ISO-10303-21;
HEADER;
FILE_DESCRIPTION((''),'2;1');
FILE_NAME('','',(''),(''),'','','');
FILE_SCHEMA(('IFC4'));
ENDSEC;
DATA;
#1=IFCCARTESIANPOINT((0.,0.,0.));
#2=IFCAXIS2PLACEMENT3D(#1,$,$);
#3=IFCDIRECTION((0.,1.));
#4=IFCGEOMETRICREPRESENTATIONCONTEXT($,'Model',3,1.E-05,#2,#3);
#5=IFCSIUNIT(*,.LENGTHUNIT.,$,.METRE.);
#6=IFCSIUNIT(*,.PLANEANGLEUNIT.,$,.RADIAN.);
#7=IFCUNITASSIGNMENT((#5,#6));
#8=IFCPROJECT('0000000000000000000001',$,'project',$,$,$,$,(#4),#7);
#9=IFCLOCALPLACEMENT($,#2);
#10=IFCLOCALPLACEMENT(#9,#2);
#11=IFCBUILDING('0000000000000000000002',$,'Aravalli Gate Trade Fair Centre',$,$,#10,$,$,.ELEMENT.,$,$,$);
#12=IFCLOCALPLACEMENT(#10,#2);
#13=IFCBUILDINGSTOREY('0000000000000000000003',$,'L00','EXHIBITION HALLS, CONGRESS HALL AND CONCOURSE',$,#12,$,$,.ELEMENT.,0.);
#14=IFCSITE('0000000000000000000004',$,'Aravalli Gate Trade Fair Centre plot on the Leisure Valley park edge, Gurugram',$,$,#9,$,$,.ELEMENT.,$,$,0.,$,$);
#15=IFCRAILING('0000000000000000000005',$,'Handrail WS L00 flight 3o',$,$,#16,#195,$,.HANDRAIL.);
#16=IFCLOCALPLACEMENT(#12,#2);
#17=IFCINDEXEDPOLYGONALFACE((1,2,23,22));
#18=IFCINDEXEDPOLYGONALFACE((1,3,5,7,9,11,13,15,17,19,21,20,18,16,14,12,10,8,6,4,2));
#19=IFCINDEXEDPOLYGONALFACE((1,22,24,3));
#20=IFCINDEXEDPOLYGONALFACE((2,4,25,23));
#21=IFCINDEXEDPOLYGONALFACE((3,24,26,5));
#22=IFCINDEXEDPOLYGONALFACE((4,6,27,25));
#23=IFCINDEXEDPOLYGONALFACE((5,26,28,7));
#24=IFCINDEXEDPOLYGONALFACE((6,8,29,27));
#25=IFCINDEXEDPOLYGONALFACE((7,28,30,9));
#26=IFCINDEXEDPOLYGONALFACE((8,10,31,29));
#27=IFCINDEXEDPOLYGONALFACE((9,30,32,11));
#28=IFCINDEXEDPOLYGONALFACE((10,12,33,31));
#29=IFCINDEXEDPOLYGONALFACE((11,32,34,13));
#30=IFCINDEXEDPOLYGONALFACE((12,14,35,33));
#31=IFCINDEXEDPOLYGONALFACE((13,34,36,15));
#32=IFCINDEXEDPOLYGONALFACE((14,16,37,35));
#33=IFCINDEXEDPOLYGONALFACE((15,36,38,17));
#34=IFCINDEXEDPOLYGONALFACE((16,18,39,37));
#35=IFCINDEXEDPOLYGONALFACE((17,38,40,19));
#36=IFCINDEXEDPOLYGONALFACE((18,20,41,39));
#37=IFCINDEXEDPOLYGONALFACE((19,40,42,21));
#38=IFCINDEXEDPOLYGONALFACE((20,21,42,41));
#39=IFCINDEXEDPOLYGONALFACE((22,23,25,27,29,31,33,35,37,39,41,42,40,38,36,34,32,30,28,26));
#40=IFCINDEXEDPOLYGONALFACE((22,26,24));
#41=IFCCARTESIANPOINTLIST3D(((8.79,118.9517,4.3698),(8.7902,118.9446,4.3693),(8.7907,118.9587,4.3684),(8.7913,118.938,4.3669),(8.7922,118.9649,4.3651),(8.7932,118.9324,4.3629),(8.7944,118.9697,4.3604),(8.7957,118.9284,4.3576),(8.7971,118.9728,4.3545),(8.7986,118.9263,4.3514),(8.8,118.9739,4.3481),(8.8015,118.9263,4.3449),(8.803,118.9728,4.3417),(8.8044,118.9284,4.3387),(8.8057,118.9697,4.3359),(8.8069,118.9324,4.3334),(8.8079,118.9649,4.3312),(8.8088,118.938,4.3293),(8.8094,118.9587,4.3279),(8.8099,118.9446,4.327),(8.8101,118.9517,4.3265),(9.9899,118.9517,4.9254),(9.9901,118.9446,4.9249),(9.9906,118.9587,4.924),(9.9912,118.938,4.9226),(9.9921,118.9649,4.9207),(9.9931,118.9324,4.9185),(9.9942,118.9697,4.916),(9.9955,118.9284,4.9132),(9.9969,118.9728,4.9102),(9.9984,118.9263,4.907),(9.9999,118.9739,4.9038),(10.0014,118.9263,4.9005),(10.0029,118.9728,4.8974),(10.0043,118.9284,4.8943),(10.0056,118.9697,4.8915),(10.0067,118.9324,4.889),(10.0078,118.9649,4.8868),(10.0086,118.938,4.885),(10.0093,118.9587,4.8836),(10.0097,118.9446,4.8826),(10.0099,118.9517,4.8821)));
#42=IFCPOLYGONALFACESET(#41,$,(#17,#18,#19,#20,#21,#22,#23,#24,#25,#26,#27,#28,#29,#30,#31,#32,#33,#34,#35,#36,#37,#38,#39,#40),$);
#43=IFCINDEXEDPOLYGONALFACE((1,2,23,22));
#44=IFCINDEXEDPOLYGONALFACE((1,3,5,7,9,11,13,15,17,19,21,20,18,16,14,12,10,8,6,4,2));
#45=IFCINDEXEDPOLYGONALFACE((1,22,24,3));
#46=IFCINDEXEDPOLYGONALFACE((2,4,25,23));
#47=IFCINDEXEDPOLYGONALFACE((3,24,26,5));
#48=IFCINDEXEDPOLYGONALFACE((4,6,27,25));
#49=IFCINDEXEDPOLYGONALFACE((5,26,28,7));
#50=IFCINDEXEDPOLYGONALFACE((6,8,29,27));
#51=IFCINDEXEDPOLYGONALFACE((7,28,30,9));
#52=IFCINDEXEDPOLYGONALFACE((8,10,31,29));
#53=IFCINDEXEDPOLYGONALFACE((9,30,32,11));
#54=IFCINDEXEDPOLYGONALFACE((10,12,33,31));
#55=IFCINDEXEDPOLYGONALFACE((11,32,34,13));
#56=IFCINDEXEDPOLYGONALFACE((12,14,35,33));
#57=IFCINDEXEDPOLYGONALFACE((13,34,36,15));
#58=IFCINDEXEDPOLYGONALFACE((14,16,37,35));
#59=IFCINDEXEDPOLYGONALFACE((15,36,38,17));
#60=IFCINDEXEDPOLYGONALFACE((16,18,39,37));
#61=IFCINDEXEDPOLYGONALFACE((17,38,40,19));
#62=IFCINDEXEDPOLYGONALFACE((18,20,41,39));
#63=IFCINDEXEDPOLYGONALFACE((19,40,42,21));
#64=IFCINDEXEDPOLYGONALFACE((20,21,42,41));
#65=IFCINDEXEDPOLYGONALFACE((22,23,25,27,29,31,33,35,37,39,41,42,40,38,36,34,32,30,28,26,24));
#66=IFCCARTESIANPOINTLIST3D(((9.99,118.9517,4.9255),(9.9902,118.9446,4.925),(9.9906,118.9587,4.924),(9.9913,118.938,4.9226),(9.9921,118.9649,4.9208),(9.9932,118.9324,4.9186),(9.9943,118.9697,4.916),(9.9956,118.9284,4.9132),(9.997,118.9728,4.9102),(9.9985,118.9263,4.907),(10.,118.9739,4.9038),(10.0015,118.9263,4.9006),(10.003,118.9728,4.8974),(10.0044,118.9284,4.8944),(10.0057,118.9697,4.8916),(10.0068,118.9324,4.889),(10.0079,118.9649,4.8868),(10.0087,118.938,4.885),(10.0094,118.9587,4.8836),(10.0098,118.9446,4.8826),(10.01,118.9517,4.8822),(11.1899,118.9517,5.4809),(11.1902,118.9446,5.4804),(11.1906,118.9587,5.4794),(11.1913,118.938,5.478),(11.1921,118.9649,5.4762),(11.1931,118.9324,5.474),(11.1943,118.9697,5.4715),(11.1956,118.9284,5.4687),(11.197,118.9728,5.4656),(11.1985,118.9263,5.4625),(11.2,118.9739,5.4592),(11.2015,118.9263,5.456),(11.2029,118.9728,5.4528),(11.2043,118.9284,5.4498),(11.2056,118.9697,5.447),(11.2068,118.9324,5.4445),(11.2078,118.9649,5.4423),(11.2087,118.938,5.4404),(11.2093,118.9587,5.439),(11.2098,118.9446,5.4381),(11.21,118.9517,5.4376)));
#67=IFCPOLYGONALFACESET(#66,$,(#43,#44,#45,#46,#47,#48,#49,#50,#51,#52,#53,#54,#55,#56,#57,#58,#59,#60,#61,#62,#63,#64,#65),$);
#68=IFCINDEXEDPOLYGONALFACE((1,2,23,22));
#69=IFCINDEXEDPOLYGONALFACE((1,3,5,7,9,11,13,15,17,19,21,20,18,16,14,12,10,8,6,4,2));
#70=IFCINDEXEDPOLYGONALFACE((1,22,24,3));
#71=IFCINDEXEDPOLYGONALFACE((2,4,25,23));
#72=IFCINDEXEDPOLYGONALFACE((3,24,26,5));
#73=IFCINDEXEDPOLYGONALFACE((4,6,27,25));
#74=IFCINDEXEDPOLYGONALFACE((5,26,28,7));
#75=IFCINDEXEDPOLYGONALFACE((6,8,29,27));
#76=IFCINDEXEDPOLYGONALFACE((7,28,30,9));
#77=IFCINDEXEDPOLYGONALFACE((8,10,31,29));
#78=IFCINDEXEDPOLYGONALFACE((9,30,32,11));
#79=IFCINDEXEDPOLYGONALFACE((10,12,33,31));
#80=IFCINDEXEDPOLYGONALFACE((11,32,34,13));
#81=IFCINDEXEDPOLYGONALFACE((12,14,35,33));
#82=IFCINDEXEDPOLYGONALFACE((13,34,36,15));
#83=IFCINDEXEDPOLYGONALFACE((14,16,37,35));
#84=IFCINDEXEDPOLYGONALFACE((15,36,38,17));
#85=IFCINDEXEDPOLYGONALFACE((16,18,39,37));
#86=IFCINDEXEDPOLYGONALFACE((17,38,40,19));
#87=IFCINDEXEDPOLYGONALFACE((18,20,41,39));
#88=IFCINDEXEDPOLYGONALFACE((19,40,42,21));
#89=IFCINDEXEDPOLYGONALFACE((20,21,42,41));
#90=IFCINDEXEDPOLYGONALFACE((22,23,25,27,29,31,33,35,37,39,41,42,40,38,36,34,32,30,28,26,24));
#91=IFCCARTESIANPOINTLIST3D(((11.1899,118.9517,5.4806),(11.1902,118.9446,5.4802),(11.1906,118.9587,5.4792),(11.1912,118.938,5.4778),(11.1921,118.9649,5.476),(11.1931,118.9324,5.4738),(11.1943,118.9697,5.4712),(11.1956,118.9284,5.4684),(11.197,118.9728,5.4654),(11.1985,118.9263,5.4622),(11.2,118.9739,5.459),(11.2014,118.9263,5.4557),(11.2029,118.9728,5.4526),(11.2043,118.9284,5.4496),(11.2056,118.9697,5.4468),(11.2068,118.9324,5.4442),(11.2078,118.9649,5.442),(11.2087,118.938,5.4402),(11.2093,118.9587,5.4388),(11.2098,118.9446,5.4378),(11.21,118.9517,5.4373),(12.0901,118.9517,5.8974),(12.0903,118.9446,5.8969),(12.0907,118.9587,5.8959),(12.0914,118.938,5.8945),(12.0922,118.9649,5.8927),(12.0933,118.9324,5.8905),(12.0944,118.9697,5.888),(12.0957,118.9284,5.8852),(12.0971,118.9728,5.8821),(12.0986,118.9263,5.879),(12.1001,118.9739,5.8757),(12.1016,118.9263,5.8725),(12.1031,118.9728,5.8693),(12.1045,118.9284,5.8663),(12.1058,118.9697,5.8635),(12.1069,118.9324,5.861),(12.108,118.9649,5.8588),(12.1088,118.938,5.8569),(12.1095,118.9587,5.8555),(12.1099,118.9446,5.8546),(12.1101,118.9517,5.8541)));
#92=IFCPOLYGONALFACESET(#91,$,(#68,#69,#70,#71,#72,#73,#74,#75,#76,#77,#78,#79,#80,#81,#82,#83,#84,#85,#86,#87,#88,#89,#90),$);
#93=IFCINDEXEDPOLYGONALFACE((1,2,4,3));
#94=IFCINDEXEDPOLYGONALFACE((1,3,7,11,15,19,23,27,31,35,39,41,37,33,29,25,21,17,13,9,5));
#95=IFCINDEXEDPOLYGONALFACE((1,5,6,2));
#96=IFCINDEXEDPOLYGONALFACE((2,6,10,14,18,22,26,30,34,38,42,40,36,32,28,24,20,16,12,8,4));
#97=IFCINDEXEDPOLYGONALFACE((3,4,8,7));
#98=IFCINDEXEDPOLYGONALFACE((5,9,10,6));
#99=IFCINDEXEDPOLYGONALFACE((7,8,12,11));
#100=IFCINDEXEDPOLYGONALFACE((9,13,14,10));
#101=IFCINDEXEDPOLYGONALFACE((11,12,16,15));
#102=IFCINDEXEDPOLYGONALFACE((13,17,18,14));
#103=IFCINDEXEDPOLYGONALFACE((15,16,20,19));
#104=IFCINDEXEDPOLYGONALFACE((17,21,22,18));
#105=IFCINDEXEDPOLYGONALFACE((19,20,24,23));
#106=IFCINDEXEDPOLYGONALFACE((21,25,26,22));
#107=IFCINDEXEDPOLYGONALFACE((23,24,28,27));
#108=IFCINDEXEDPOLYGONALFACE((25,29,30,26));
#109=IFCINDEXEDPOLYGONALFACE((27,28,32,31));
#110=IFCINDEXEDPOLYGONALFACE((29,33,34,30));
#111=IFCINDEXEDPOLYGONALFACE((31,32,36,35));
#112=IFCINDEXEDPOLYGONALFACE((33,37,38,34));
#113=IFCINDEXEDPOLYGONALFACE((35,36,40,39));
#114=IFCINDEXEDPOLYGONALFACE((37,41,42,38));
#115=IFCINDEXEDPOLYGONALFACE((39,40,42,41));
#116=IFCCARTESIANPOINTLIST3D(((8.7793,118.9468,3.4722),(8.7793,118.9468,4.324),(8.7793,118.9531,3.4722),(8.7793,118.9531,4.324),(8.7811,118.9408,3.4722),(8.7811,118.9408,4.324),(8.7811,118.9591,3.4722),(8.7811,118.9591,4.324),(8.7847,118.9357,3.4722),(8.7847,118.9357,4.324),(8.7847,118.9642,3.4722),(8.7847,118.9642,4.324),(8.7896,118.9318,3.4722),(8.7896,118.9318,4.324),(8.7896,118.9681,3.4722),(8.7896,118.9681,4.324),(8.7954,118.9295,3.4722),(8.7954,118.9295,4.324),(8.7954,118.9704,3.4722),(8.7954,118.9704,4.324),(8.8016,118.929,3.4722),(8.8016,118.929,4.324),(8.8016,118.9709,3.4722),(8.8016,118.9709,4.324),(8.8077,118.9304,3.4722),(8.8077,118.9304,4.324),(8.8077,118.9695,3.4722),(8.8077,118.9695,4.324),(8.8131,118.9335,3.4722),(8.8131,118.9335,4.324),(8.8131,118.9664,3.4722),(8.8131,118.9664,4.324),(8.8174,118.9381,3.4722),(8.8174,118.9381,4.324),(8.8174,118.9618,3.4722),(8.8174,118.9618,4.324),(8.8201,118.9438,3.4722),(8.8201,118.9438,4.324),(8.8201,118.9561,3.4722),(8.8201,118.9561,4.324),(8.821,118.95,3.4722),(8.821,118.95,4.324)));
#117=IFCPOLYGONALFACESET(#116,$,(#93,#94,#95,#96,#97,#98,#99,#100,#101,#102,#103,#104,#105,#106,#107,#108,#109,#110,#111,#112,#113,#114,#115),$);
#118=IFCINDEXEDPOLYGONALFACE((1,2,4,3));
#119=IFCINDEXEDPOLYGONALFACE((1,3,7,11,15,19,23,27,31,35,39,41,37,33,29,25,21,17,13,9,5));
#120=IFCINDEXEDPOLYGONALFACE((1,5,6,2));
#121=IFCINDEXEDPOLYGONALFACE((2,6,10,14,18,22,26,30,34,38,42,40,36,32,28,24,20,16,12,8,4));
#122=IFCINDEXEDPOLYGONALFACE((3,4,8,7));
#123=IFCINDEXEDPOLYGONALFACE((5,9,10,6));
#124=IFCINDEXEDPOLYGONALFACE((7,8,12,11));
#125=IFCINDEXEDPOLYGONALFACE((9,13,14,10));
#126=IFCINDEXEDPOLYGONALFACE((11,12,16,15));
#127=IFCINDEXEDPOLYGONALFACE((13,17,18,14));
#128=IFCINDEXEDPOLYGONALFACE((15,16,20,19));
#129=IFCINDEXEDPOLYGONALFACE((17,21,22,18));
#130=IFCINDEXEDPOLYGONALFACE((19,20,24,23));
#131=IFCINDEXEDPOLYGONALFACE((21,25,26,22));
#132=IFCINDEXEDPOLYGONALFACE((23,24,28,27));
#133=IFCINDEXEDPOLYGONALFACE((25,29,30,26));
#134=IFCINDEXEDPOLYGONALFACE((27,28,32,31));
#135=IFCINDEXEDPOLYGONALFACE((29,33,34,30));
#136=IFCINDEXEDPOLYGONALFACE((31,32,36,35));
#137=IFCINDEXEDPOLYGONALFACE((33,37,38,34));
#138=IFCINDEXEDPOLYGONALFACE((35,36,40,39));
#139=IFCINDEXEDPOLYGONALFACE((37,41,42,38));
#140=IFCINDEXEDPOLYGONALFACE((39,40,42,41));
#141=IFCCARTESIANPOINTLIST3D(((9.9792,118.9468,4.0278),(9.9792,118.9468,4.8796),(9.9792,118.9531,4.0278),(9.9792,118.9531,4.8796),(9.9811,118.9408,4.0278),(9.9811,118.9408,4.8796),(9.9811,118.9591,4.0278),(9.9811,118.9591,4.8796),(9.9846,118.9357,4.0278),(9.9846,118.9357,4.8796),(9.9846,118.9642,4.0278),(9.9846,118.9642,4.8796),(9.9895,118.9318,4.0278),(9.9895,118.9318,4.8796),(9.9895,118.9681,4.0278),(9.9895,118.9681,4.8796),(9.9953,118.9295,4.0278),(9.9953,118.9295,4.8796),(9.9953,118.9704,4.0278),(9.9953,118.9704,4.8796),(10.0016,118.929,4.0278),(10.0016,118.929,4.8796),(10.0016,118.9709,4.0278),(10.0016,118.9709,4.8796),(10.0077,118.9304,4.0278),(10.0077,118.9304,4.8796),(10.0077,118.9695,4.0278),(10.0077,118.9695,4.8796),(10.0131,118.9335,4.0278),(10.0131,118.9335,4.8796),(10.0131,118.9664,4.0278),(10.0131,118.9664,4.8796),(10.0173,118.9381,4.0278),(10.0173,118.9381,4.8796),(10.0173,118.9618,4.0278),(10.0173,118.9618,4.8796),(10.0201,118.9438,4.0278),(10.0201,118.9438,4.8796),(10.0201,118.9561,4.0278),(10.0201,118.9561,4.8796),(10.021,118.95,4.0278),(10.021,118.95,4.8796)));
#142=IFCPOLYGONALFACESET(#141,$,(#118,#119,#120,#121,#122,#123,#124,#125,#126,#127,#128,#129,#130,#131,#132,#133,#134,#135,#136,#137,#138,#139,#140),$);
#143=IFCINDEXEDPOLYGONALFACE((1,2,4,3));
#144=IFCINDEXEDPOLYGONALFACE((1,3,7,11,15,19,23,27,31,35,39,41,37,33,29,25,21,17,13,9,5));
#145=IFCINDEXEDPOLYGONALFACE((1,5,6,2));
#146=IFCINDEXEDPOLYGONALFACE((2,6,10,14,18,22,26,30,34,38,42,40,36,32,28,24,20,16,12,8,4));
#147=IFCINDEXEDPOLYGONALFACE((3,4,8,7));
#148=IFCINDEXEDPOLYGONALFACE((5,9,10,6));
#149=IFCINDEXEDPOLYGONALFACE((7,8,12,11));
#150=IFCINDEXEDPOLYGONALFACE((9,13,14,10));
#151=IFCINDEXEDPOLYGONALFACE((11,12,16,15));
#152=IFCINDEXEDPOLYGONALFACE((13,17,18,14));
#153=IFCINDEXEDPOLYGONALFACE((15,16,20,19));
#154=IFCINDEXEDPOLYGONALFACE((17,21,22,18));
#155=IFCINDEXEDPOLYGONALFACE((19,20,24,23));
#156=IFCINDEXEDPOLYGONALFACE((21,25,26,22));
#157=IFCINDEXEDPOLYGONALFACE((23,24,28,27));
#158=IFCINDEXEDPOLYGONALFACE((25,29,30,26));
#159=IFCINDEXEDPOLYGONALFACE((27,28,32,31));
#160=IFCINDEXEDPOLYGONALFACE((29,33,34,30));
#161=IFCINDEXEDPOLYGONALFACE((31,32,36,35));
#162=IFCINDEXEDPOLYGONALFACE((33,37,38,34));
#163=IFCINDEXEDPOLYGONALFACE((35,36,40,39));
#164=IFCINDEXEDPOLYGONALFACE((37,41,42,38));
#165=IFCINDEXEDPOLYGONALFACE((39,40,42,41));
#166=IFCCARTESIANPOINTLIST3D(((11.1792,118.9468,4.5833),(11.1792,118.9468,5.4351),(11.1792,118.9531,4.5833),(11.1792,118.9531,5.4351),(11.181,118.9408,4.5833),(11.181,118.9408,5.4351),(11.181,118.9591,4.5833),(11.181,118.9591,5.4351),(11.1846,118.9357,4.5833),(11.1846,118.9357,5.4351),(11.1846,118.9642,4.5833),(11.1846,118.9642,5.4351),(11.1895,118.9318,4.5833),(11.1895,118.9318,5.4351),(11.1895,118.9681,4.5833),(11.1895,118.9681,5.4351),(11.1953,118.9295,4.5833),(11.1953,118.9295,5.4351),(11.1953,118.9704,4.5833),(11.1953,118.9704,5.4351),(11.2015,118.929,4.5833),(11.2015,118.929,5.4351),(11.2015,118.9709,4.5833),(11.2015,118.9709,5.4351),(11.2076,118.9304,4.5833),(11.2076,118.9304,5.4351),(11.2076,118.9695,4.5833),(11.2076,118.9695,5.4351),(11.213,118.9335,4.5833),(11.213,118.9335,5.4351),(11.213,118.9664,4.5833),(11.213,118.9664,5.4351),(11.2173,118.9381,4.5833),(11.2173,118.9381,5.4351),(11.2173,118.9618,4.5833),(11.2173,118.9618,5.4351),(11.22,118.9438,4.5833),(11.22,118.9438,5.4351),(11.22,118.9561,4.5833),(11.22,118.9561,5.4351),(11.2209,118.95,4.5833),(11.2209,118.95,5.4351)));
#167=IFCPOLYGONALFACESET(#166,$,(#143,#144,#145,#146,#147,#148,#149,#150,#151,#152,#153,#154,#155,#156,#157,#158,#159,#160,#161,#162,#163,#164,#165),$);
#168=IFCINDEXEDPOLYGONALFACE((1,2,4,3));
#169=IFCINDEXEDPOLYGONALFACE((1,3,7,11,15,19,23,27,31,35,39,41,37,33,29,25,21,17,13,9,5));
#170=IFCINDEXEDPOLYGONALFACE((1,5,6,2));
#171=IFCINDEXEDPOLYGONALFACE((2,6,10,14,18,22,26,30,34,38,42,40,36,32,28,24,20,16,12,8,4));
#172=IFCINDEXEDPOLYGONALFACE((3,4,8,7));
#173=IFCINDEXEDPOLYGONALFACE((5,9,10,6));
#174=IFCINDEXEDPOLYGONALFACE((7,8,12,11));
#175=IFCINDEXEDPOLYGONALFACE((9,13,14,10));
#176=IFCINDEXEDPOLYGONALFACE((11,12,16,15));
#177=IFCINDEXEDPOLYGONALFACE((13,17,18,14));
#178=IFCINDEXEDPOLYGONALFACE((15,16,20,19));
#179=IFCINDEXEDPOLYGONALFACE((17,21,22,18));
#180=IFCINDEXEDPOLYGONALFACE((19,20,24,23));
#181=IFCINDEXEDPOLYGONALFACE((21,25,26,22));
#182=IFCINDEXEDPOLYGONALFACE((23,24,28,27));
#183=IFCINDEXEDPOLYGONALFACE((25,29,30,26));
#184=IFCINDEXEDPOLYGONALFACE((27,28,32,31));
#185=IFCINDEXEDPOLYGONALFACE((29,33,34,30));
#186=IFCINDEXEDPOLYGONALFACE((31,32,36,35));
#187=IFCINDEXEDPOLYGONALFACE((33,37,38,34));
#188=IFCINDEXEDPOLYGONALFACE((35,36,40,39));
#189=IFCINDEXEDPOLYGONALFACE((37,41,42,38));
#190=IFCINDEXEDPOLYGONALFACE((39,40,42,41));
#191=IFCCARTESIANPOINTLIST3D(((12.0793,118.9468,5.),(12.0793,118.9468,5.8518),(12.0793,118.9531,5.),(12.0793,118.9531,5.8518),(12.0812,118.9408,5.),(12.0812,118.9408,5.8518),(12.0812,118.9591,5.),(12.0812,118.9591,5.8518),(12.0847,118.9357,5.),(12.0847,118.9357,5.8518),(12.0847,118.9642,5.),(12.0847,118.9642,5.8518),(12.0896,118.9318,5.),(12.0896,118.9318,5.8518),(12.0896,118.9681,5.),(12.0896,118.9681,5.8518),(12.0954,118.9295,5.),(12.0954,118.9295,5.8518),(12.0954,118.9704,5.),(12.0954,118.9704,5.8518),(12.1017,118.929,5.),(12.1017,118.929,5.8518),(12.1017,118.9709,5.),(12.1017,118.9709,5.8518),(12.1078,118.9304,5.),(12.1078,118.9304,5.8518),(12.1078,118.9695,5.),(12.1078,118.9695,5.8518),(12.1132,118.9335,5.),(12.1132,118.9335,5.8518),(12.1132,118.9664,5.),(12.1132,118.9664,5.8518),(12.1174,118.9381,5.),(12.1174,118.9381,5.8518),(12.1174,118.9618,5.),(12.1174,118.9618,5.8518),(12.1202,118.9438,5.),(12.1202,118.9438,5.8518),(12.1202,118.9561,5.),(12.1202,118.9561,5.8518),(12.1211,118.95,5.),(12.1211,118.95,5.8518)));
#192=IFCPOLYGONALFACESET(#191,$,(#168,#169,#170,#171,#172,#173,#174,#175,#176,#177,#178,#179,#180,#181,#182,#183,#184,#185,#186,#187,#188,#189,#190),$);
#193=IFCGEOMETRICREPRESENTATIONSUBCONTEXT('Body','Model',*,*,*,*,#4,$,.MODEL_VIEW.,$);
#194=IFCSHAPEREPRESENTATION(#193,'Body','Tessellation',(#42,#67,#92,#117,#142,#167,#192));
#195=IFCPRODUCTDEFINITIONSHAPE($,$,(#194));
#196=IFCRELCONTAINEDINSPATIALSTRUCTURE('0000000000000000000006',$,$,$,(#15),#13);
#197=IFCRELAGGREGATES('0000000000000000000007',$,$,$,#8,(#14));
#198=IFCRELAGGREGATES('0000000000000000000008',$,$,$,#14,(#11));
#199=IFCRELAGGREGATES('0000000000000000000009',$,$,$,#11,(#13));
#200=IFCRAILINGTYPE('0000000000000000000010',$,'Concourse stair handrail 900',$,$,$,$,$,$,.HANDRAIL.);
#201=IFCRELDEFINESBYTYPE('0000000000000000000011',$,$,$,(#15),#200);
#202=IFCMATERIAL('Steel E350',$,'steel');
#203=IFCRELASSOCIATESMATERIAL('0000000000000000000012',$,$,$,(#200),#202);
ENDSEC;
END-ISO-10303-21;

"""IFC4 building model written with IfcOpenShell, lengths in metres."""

from ifc_helpers import new_model, si_unit, direction, frame, origin, origin_2d, place, context, subcontext, project, spatial, circle, extrude, material, type_object, element, save


model = new_model("IFC4")

# Units and contexts
model_context = context("Model", 3, precision=1e-05, world=origin(), true_north=direction((0.0, 1.0)))
body_context = subcontext(model_context, "Body", "Model", "MODEL_VIEW")
ifc_project = project(units=[si_unit("LENGTHUNIT", "METRE"), si_unit("PLANEANGLEUNIT", "RADIAN")], contexts=[model_context])

# Site, building, storey
site_placement = place(None, origin())
site = spatial("IfcSite", under=ifc_project, at=site_placement, Name="Aravalli Gate Trade Fair Centre plot on the Leisure Valley park edge, Gurugram", CompositionType="ELEMENT", RefElevation=0.0)
building_placement = place(site_placement, origin())
building = spatial("IfcBuilding", under=site, at=building_placement, Name="Aravalli Gate Trade Fair Centre", CompositionType="ELEMENT")
storey_placement = place(building_placement, origin())
storey = spatial("IfcBuildingStorey", under=building, at=storey_placement, Name="L00", Description="EXHIBITION HALLS, CONGRESS HALL AND CONCOURSE", CompositionType="ELEMENT", Elevation=0.0)

# Shared definitions
ifc_material_1 = material(Name="Steel E350", Category="steel")

# Railing
railing_type = type_object("IfcRailingType", Name="Concourse stair handrail 900", PredefinedType="HANDRAIL", material=ifc_material_1)
for number, where, name in (
    (1, (8.8, 118.95, 3.4722), "Handrail WS L00 flight 3o"),
):
    element("IfcRailing", number, at=place(storey_placement, frame(where)), inside=storey, type_object=railing_type, Name=name, PredefinedType="HANDRAIL", context=body_context, shape_type="SweptSolid", body=[
        extrude(circle(Radius=0.0239, at=origin_2d()), frame((0.0, 0.0, 0.876), z_axis=(0.907429, 0.0, 0.420205), x_axis=(0.0, 1.0, 0.0)), (0.0, 0.0, 1.0), 1.3223),
        extrude(circle(Radius=0.0239, at=origin_2d()), frame((1.2, 0.0, 1.4316), z_axis=(0.907499, 0.0, 0.420053), x_axis=(0.0, 1.0, 0.0)), (0.0, 0.0, 1.0), 1.3223),
        extrude(circle(Radius=0.0239, at=origin_2d()), frame((2.3999, 0.0, 1.9868), z_axis=(0.907462, 0.0, 0.420135), x_axis=(0.0, 1.0, 0.0)), (0.0, 0.0, 1.0), 0.9919),
        extrude(circle(Radius=0.021, at=origin_2d()), origin(), (0.0, 0.0, 1.0), 0.8518),
        extrude(circle(Radius=0.021, at=origin_2d()), frame((1.2, 0.0, 0.5557)), (0.0, 0.0, 1.0), 0.8518),
        extrude(circle(Radius=0.021, at=origin_2d()), frame((2.3999, 0.0, 1.1111)), (0.0, 0.0, 1.0), 0.8518),
        extrude(circle(Radius=0.021, at=origin_2d()), frame((3.3, 0.0, 1.5278)), (0.0, 0.0, 1.0), 0.8518),
    ])

save(model, "model.ifc")
